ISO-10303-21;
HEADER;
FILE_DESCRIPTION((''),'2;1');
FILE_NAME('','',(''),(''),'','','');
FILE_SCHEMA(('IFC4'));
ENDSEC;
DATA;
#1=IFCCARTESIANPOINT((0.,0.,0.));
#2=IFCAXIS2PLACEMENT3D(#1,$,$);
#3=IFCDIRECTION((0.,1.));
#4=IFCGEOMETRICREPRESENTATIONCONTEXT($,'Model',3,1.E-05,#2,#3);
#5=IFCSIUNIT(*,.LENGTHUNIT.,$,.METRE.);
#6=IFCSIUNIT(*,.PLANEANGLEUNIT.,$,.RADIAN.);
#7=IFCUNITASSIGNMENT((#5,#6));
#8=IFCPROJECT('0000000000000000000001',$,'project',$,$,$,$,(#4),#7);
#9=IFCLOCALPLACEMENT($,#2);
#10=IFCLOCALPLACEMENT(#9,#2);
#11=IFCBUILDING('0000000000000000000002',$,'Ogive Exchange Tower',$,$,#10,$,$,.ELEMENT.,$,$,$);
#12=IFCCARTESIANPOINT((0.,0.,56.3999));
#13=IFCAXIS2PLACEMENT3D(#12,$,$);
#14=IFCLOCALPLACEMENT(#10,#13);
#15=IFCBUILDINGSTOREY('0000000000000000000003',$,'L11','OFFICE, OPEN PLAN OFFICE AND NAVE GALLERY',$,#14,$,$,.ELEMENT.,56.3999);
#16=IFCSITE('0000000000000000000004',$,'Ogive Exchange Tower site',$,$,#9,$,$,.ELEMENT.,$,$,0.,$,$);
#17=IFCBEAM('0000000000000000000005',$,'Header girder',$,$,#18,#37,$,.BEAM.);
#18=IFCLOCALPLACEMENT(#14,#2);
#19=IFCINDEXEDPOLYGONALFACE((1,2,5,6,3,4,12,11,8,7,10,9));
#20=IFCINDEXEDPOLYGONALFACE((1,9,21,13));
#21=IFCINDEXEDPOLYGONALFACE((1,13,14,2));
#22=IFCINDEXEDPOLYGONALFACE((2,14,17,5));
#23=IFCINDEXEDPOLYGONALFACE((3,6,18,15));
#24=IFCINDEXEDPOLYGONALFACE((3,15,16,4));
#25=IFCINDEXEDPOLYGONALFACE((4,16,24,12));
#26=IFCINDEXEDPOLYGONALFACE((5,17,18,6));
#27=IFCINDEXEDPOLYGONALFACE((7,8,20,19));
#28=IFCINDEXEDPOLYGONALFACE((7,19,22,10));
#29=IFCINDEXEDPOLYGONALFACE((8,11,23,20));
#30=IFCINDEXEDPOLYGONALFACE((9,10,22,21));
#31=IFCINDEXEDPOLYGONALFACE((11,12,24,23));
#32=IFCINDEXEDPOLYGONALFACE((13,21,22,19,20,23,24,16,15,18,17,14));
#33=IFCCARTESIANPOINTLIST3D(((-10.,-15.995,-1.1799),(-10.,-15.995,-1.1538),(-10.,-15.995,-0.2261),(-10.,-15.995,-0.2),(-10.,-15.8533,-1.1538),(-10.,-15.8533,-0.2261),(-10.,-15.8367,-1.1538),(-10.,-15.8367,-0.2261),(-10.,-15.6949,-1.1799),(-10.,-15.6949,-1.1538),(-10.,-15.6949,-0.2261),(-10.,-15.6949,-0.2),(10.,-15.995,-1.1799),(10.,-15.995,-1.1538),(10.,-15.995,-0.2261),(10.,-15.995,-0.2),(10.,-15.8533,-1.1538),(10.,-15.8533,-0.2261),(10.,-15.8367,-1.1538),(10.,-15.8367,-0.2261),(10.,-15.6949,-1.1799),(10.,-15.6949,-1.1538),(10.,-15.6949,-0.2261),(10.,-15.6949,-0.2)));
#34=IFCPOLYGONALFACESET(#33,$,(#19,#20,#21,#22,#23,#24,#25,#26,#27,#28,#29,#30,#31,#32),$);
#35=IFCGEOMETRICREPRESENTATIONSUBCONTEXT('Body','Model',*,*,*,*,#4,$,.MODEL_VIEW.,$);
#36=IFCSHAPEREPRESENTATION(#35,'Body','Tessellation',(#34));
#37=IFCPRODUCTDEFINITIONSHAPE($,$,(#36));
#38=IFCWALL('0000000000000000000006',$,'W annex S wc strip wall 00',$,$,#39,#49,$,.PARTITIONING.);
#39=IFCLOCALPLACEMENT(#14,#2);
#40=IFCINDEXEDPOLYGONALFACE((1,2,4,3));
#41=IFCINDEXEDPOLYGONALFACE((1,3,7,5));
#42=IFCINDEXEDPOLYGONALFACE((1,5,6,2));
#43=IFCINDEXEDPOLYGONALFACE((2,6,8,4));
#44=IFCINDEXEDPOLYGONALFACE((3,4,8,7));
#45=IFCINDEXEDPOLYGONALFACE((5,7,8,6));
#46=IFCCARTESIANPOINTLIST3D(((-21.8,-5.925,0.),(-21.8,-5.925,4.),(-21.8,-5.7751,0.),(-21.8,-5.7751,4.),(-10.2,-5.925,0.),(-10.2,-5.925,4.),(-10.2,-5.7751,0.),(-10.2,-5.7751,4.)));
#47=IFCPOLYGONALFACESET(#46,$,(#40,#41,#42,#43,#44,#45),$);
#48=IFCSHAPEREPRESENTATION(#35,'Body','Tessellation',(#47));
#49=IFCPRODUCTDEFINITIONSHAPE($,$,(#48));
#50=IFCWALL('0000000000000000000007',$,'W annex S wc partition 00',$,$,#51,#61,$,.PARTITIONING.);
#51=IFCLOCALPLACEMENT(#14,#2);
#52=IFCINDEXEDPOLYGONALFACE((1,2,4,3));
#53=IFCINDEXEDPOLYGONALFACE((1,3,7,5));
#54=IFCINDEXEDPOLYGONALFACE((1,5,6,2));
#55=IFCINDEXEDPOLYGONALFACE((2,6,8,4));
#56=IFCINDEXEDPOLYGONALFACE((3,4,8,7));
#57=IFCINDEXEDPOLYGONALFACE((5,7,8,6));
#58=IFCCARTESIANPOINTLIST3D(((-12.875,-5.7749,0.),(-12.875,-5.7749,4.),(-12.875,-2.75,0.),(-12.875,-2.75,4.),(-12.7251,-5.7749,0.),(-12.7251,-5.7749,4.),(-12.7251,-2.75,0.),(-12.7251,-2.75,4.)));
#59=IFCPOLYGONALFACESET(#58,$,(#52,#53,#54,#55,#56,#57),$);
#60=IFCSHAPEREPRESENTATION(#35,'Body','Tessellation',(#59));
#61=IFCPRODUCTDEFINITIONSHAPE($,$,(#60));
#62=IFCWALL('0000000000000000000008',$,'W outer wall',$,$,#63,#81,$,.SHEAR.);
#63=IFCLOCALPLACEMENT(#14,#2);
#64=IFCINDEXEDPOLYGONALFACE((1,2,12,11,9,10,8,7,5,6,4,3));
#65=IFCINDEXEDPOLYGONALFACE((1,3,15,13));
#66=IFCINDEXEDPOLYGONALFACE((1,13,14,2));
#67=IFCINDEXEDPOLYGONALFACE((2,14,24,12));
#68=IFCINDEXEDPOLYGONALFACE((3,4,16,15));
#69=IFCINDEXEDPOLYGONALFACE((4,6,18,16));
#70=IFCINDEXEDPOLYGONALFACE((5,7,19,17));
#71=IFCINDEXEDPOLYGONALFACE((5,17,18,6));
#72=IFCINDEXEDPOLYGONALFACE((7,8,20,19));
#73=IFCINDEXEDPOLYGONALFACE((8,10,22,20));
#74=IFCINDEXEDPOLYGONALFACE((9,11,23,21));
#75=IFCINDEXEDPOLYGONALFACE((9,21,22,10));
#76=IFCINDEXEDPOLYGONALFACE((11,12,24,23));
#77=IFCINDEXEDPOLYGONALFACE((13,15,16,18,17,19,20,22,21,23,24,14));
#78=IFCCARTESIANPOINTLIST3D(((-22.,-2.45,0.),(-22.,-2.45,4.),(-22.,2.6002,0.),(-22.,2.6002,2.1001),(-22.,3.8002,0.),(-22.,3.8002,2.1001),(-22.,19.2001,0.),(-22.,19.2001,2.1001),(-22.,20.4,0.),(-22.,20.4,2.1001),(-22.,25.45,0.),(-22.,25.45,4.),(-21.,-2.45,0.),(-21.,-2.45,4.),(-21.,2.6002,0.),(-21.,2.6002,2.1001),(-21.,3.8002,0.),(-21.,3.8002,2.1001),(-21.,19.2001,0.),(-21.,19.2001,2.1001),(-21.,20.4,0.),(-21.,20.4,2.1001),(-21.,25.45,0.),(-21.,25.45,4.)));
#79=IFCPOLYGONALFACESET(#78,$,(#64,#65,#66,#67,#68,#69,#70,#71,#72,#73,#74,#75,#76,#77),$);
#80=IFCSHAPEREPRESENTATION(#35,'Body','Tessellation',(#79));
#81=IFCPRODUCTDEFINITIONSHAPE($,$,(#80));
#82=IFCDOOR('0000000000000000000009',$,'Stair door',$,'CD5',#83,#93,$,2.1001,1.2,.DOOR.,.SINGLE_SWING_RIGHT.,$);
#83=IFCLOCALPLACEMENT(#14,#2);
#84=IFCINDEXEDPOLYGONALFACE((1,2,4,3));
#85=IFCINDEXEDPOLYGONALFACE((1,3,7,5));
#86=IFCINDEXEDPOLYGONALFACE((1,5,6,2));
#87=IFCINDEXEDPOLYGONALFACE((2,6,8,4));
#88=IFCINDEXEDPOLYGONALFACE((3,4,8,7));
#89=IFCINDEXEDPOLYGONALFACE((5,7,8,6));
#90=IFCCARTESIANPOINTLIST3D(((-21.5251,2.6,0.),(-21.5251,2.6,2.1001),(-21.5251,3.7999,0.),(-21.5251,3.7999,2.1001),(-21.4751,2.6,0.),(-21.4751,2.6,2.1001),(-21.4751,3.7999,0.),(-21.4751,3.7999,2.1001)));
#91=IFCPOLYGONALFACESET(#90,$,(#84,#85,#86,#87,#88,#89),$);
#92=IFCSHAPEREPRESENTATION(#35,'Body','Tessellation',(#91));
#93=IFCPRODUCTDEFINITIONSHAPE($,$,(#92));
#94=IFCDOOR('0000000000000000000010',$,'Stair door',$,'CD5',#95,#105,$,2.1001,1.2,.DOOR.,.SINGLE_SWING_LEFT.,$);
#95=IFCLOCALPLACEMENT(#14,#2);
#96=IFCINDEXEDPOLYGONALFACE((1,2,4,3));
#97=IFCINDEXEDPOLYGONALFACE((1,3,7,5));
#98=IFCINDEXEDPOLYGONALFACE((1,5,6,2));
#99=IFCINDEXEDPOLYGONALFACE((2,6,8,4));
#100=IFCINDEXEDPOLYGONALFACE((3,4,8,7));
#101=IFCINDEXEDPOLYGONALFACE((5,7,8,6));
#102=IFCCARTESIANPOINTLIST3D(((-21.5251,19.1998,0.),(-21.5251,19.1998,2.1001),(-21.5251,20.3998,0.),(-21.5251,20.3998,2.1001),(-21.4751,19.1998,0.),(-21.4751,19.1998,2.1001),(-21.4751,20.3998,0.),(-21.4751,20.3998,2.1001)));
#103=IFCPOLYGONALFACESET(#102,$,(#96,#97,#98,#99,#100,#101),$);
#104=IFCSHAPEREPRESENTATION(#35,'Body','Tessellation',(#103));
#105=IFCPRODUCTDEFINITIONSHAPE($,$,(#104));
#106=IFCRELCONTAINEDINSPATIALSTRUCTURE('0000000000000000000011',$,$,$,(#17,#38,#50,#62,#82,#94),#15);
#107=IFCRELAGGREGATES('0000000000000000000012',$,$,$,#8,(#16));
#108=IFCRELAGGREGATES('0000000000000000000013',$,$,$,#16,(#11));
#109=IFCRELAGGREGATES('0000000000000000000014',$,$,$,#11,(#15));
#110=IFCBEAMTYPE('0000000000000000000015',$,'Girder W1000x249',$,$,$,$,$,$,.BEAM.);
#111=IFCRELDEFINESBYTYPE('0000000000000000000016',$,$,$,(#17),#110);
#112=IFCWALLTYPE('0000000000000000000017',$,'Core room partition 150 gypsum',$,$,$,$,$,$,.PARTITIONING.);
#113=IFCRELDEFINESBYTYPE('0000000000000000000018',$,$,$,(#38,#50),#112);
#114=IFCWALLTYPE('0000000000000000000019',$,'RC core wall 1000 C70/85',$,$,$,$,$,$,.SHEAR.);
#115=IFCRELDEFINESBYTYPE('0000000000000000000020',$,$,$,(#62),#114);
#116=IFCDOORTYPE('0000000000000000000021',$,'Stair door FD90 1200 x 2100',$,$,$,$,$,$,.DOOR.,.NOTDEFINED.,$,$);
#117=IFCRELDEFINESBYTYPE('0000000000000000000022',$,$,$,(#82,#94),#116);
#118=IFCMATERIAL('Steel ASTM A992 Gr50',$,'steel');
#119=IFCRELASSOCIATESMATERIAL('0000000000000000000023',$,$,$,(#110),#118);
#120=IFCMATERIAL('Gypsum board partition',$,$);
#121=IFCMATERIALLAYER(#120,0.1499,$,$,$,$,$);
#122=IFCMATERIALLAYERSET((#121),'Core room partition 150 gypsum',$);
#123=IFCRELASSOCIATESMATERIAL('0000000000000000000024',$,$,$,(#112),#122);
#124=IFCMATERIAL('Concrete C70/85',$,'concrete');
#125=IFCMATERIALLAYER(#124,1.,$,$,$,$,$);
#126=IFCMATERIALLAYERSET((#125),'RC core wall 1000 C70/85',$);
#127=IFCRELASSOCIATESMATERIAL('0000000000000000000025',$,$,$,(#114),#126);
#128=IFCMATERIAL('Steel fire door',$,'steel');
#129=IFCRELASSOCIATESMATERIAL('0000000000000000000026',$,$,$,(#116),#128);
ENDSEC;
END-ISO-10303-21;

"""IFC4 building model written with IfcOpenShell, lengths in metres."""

from ifc_helpers import new_model, si_unit, direction, frame, frame_2d, origin, origin_2d, place, context, subcontext, project, spatial, rectangle, i_section, extrude, material, layer, layer_set, material_profile, profile_set, type_object, element, fill, save


model = new_model("IFC4")

# Units and contexts
model_context = context("Model", 3, precision=1e-05, world=origin(), true_north=direction((0.0, 1.0)))
body_context = subcontext(model_context, "Body", "Model", "MODEL_VIEW")
ifc_project = project(units=[si_unit("LENGTHUNIT", "METRE"), si_unit("PLANEANGLEUNIT", "RADIAN")], contexts=[model_context])

# Site, building, storey
site_placement = place(None, origin())
site = spatial("IfcSite", under=ifc_project, at=site_placement, Name="Ogive Exchange Tower site", CompositionType="ELEMENT", RefElevation=0.0)
building_placement = place(site_placement, origin())
building = spatial("IfcBuilding", under=site, at=building_placement, Name="Ogive Exchange Tower", CompositionType="ELEMENT")
storey_placement = place(building_placement, frame((0.0, 0.0, 56.3999)))
storey = spatial("IfcBuildingStorey", under=building, at=storey_placement, Name="L11", Description="OFFICE, OPEN PLAN OFFICE AND NAVE GALLERY", CompositionType="ELEMENT", Elevation=56.3999)

# Beam
ifc_material_1 = material(Name="Steel ASTM A992 Gr50", Category="steel")
ifc_material_profile = material_profile(ifc_material_1, i_section(OverallWidth=0.3, OverallDepth=0.98, WebThickness=0.0166, FlangeThickness=0.0261, at=origin_2d()), Name="W1000x249")
ifc_profile_set = profile_set([ifc_material_profile], Name="Steel ASTM A992 Gr50")
beam_type = type_object("IfcBeamType", Name="Girder W1000x249", PredefinedType="BEAM", material=ifc_profile_set)
beam_placement = place(storey_placement, frame((-10.0, -15.845, -0.6899), z_axis=(1.0, 0.0, 0.0), x_axis=(0.0, 1.0, 0.0)))
element("IfcBeam", 1, at=beam_placement, inside=storey, type_object=beam_type, Name="Header girder", PredefinedType="BEAM", context=body_context, shape_type="SweptSolid", body=[
    extrude(i_section(OverallWidth=0.3, OverallDepth=0.98, WebThickness=0.0166, FlangeThickness=0.0261, at=origin_2d()), origin(), (0.0, 0.0, 1.0), 20.0),
])

# Walls
ifc_material_2 = material(Name="Gypsum board partition")
ifc_layer_1 = layer(ifc_material_2, 0.1499)
ifc_layer_set_1 = layer_set([ifc_layer_1], Name="Core room partition 150 gypsum")
wall_type_1 = type_object("IfcWallType", Name="Core room partition 150 gypsum", PredefinedType="PARTITIONING", material=ifc_layer_set_1)
wall_1_placement = place(storey_placement, frame((-21.8, -5.8501, 0.0), z_axis=(0.0, 0.0, 1.0), x_axis=(1.0, 0.0, 0.0)))
element("IfcWall", 2, at=wall_1_placement, inside=storey, type_object=wall_type_1, Name="W annex S wc strip wall 00", PredefinedType="PARTITIONING", context=body_context, shape_type="SweptSolid", body=[
    extrude(rectangle(XDim=11.6001, YDim=0.1499, at=frame_2d((5.8, 0.0))), origin(), (0.0, 0.0, 1.0), 4.0),
])
wall_2_placement = place(storey_placement, frame((-12.8, -5.7749, 0.0), z_axis=(0.0, 0.0, 1.0), x_axis=(0.0, 1.0, 0.0)))
element("IfcWall", 3, at=wall_2_placement, inside=storey, type_object=wall_type_1, Name="W annex S wc partition 00", PredefinedType="PARTITIONING", context=body_context, shape_type="SweptSolid", body=[
    extrude(rectangle(XDim=3.0249, YDim=0.1499, at=frame_2d((1.5125, 0.0))), origin(), (0.0, 0.0, 1.0), 4.0),
])

# Wall, openings, doors
ifc_material_3 = material(Name="Concrete C70/85", Category="concrete")
ifc_layer_2 = layer(ifc_material_3, 1.0)
ifc_layer_set_2 = layer_set([ifc_layer_2], Name="RC core wall 1000 C70/85")
wall_type_2 = type_object("IfcWallType", Name="RC core wall 1000 C70/85", PredefinedType="SHEAR", material=ifc_layer_set_2)
wall_3_placement = place(storey_placement, frame((-21.5, -2.45, 0.0), z_axis=(0.0, 0.0, 1.0), x_axis=(0.0, 1.0, 0.0)))
wall_3 = element("IfcWall", 4, at=wall_3_placement, inside=storey, type_object=wall_type_2, Name="W outer wall", PredefinedType="SHEAR", context=body_context, shape_type="SweptSolid", body=[
    extrude(rectangle(XDim=27.8999, YDim=1.0, at=frame_2d((13.95, 0.0))), origin(), (0.0, 0.0, 1.0), 4.0),
])
opening_1_placement = place(wall_3_placement, frame((5.05, 0.0, 0.0)))
opening_1 = element("IfcOpeningElement", 5, at=opening_1_placement, cuts=wall_3, PredefinedType="OPENING", context=body_context, shape_type="SweptSolid", body=[
    extrude(rectangle(XDim=1.2, YDim=2.1001, at=frame_2d((0.6001, 1.05))), frame((0.0, 0.51, 0.0), z_axis=(0.0, -1.0, 0.0), x_axis=(1.0, 0.0, 0.0)), (0.0, 0.0, 1.0), 1.02),
])
opening_2_placement = place(wall_3_placement, frame((21.6499, 0.0, 0.0)))
opening_2 = element("IfcOpeningElement", 6, at=opening_2_placement, cuts=wall_3, PredefinedType="OPENING", context=body_context, shape_type="SweptSolid", body=[
    extrude(rectangle(XDim=1.2, YDim=2.1001, at=frame_2d((0.6001, 1.05))), frame((0.0, 0.51, 0.0), z_axis=(0.0, -1.0, 0.0), x_axis=(1.0, 0.0, 0.0)), (0.0, 0.0, 1.0), 1.02),
])
ifc_material_4 = material(Name="Steel fire door", Category="steel")
door_type_1 = type_object("IfcDoorType", Name="Stair door FD90 1200 x 2100", OperationType="NOTDEFINED", PredefinedType="DOOR", material=ifc_material_4)
door_1_placement = place(opening_1_placement, frame((1.2, 0.0, 0.0), z_axis=(0.0, 0.0, 1.0), x_axis=(-1.0, 0.0, 0.0)))
door_1 = element("IfcDoor", 7, at=door_1_placement, inside=storey, type_object=door_type_1, Name="Stair door", ObjectType="CD5", OperationType="SINGLE_SWING_RIGHT", OverallHeight=2.1001, OverallWidth=1.2, PredefinedType="DOOR", context=body_context, shape_type="SweptSolid", body=[
    extrude(rectangle(XDim=1.2, YDim=2.1001, at=frame_2d((0.6001, 1.05))), frame((0.0, 0.0249, 0.0), z_axis=(0.0, -1.0, 0.0), x_axis=(1.0, 0.0, 0.0)), (0.0, 0.0, 1.0), 0.05),
])
fill(opening_1, door_1)
door_2_placement = place(opening_2_placement, frame((1.2, 0.0, 0.0), z_axis=(0.0, 0.0, 1.0), x_axis=(-1.0, 0.0, 0.0)))
door_2 = element("IfcDoor", 8, at=door_2_placement, inside=storey, type_object=door_type_1, Name="Stair door", ObjectType="CD5", OperationType="SINGLE_SWING_LEFT", OverallHeight=2.1001, OverallWidth=1.2, PredefinedType="DOOR", context=body_context, shape_type="SweptSolid", body=[
    extrude(rectangle(XDim=1.2, YDim=2.1001, at=frame_2d((0.6001, 1.05))), frame((0.0, 0.0249, 0.0), z_axis=(0.0, -1.0, 0.0), x_axis=(1.0, 0.0, 0.0)), (0.0, 0.0, 1.0), 0.05),
])
fill(opening_2, door_2)

save(model, "model.ifc")
